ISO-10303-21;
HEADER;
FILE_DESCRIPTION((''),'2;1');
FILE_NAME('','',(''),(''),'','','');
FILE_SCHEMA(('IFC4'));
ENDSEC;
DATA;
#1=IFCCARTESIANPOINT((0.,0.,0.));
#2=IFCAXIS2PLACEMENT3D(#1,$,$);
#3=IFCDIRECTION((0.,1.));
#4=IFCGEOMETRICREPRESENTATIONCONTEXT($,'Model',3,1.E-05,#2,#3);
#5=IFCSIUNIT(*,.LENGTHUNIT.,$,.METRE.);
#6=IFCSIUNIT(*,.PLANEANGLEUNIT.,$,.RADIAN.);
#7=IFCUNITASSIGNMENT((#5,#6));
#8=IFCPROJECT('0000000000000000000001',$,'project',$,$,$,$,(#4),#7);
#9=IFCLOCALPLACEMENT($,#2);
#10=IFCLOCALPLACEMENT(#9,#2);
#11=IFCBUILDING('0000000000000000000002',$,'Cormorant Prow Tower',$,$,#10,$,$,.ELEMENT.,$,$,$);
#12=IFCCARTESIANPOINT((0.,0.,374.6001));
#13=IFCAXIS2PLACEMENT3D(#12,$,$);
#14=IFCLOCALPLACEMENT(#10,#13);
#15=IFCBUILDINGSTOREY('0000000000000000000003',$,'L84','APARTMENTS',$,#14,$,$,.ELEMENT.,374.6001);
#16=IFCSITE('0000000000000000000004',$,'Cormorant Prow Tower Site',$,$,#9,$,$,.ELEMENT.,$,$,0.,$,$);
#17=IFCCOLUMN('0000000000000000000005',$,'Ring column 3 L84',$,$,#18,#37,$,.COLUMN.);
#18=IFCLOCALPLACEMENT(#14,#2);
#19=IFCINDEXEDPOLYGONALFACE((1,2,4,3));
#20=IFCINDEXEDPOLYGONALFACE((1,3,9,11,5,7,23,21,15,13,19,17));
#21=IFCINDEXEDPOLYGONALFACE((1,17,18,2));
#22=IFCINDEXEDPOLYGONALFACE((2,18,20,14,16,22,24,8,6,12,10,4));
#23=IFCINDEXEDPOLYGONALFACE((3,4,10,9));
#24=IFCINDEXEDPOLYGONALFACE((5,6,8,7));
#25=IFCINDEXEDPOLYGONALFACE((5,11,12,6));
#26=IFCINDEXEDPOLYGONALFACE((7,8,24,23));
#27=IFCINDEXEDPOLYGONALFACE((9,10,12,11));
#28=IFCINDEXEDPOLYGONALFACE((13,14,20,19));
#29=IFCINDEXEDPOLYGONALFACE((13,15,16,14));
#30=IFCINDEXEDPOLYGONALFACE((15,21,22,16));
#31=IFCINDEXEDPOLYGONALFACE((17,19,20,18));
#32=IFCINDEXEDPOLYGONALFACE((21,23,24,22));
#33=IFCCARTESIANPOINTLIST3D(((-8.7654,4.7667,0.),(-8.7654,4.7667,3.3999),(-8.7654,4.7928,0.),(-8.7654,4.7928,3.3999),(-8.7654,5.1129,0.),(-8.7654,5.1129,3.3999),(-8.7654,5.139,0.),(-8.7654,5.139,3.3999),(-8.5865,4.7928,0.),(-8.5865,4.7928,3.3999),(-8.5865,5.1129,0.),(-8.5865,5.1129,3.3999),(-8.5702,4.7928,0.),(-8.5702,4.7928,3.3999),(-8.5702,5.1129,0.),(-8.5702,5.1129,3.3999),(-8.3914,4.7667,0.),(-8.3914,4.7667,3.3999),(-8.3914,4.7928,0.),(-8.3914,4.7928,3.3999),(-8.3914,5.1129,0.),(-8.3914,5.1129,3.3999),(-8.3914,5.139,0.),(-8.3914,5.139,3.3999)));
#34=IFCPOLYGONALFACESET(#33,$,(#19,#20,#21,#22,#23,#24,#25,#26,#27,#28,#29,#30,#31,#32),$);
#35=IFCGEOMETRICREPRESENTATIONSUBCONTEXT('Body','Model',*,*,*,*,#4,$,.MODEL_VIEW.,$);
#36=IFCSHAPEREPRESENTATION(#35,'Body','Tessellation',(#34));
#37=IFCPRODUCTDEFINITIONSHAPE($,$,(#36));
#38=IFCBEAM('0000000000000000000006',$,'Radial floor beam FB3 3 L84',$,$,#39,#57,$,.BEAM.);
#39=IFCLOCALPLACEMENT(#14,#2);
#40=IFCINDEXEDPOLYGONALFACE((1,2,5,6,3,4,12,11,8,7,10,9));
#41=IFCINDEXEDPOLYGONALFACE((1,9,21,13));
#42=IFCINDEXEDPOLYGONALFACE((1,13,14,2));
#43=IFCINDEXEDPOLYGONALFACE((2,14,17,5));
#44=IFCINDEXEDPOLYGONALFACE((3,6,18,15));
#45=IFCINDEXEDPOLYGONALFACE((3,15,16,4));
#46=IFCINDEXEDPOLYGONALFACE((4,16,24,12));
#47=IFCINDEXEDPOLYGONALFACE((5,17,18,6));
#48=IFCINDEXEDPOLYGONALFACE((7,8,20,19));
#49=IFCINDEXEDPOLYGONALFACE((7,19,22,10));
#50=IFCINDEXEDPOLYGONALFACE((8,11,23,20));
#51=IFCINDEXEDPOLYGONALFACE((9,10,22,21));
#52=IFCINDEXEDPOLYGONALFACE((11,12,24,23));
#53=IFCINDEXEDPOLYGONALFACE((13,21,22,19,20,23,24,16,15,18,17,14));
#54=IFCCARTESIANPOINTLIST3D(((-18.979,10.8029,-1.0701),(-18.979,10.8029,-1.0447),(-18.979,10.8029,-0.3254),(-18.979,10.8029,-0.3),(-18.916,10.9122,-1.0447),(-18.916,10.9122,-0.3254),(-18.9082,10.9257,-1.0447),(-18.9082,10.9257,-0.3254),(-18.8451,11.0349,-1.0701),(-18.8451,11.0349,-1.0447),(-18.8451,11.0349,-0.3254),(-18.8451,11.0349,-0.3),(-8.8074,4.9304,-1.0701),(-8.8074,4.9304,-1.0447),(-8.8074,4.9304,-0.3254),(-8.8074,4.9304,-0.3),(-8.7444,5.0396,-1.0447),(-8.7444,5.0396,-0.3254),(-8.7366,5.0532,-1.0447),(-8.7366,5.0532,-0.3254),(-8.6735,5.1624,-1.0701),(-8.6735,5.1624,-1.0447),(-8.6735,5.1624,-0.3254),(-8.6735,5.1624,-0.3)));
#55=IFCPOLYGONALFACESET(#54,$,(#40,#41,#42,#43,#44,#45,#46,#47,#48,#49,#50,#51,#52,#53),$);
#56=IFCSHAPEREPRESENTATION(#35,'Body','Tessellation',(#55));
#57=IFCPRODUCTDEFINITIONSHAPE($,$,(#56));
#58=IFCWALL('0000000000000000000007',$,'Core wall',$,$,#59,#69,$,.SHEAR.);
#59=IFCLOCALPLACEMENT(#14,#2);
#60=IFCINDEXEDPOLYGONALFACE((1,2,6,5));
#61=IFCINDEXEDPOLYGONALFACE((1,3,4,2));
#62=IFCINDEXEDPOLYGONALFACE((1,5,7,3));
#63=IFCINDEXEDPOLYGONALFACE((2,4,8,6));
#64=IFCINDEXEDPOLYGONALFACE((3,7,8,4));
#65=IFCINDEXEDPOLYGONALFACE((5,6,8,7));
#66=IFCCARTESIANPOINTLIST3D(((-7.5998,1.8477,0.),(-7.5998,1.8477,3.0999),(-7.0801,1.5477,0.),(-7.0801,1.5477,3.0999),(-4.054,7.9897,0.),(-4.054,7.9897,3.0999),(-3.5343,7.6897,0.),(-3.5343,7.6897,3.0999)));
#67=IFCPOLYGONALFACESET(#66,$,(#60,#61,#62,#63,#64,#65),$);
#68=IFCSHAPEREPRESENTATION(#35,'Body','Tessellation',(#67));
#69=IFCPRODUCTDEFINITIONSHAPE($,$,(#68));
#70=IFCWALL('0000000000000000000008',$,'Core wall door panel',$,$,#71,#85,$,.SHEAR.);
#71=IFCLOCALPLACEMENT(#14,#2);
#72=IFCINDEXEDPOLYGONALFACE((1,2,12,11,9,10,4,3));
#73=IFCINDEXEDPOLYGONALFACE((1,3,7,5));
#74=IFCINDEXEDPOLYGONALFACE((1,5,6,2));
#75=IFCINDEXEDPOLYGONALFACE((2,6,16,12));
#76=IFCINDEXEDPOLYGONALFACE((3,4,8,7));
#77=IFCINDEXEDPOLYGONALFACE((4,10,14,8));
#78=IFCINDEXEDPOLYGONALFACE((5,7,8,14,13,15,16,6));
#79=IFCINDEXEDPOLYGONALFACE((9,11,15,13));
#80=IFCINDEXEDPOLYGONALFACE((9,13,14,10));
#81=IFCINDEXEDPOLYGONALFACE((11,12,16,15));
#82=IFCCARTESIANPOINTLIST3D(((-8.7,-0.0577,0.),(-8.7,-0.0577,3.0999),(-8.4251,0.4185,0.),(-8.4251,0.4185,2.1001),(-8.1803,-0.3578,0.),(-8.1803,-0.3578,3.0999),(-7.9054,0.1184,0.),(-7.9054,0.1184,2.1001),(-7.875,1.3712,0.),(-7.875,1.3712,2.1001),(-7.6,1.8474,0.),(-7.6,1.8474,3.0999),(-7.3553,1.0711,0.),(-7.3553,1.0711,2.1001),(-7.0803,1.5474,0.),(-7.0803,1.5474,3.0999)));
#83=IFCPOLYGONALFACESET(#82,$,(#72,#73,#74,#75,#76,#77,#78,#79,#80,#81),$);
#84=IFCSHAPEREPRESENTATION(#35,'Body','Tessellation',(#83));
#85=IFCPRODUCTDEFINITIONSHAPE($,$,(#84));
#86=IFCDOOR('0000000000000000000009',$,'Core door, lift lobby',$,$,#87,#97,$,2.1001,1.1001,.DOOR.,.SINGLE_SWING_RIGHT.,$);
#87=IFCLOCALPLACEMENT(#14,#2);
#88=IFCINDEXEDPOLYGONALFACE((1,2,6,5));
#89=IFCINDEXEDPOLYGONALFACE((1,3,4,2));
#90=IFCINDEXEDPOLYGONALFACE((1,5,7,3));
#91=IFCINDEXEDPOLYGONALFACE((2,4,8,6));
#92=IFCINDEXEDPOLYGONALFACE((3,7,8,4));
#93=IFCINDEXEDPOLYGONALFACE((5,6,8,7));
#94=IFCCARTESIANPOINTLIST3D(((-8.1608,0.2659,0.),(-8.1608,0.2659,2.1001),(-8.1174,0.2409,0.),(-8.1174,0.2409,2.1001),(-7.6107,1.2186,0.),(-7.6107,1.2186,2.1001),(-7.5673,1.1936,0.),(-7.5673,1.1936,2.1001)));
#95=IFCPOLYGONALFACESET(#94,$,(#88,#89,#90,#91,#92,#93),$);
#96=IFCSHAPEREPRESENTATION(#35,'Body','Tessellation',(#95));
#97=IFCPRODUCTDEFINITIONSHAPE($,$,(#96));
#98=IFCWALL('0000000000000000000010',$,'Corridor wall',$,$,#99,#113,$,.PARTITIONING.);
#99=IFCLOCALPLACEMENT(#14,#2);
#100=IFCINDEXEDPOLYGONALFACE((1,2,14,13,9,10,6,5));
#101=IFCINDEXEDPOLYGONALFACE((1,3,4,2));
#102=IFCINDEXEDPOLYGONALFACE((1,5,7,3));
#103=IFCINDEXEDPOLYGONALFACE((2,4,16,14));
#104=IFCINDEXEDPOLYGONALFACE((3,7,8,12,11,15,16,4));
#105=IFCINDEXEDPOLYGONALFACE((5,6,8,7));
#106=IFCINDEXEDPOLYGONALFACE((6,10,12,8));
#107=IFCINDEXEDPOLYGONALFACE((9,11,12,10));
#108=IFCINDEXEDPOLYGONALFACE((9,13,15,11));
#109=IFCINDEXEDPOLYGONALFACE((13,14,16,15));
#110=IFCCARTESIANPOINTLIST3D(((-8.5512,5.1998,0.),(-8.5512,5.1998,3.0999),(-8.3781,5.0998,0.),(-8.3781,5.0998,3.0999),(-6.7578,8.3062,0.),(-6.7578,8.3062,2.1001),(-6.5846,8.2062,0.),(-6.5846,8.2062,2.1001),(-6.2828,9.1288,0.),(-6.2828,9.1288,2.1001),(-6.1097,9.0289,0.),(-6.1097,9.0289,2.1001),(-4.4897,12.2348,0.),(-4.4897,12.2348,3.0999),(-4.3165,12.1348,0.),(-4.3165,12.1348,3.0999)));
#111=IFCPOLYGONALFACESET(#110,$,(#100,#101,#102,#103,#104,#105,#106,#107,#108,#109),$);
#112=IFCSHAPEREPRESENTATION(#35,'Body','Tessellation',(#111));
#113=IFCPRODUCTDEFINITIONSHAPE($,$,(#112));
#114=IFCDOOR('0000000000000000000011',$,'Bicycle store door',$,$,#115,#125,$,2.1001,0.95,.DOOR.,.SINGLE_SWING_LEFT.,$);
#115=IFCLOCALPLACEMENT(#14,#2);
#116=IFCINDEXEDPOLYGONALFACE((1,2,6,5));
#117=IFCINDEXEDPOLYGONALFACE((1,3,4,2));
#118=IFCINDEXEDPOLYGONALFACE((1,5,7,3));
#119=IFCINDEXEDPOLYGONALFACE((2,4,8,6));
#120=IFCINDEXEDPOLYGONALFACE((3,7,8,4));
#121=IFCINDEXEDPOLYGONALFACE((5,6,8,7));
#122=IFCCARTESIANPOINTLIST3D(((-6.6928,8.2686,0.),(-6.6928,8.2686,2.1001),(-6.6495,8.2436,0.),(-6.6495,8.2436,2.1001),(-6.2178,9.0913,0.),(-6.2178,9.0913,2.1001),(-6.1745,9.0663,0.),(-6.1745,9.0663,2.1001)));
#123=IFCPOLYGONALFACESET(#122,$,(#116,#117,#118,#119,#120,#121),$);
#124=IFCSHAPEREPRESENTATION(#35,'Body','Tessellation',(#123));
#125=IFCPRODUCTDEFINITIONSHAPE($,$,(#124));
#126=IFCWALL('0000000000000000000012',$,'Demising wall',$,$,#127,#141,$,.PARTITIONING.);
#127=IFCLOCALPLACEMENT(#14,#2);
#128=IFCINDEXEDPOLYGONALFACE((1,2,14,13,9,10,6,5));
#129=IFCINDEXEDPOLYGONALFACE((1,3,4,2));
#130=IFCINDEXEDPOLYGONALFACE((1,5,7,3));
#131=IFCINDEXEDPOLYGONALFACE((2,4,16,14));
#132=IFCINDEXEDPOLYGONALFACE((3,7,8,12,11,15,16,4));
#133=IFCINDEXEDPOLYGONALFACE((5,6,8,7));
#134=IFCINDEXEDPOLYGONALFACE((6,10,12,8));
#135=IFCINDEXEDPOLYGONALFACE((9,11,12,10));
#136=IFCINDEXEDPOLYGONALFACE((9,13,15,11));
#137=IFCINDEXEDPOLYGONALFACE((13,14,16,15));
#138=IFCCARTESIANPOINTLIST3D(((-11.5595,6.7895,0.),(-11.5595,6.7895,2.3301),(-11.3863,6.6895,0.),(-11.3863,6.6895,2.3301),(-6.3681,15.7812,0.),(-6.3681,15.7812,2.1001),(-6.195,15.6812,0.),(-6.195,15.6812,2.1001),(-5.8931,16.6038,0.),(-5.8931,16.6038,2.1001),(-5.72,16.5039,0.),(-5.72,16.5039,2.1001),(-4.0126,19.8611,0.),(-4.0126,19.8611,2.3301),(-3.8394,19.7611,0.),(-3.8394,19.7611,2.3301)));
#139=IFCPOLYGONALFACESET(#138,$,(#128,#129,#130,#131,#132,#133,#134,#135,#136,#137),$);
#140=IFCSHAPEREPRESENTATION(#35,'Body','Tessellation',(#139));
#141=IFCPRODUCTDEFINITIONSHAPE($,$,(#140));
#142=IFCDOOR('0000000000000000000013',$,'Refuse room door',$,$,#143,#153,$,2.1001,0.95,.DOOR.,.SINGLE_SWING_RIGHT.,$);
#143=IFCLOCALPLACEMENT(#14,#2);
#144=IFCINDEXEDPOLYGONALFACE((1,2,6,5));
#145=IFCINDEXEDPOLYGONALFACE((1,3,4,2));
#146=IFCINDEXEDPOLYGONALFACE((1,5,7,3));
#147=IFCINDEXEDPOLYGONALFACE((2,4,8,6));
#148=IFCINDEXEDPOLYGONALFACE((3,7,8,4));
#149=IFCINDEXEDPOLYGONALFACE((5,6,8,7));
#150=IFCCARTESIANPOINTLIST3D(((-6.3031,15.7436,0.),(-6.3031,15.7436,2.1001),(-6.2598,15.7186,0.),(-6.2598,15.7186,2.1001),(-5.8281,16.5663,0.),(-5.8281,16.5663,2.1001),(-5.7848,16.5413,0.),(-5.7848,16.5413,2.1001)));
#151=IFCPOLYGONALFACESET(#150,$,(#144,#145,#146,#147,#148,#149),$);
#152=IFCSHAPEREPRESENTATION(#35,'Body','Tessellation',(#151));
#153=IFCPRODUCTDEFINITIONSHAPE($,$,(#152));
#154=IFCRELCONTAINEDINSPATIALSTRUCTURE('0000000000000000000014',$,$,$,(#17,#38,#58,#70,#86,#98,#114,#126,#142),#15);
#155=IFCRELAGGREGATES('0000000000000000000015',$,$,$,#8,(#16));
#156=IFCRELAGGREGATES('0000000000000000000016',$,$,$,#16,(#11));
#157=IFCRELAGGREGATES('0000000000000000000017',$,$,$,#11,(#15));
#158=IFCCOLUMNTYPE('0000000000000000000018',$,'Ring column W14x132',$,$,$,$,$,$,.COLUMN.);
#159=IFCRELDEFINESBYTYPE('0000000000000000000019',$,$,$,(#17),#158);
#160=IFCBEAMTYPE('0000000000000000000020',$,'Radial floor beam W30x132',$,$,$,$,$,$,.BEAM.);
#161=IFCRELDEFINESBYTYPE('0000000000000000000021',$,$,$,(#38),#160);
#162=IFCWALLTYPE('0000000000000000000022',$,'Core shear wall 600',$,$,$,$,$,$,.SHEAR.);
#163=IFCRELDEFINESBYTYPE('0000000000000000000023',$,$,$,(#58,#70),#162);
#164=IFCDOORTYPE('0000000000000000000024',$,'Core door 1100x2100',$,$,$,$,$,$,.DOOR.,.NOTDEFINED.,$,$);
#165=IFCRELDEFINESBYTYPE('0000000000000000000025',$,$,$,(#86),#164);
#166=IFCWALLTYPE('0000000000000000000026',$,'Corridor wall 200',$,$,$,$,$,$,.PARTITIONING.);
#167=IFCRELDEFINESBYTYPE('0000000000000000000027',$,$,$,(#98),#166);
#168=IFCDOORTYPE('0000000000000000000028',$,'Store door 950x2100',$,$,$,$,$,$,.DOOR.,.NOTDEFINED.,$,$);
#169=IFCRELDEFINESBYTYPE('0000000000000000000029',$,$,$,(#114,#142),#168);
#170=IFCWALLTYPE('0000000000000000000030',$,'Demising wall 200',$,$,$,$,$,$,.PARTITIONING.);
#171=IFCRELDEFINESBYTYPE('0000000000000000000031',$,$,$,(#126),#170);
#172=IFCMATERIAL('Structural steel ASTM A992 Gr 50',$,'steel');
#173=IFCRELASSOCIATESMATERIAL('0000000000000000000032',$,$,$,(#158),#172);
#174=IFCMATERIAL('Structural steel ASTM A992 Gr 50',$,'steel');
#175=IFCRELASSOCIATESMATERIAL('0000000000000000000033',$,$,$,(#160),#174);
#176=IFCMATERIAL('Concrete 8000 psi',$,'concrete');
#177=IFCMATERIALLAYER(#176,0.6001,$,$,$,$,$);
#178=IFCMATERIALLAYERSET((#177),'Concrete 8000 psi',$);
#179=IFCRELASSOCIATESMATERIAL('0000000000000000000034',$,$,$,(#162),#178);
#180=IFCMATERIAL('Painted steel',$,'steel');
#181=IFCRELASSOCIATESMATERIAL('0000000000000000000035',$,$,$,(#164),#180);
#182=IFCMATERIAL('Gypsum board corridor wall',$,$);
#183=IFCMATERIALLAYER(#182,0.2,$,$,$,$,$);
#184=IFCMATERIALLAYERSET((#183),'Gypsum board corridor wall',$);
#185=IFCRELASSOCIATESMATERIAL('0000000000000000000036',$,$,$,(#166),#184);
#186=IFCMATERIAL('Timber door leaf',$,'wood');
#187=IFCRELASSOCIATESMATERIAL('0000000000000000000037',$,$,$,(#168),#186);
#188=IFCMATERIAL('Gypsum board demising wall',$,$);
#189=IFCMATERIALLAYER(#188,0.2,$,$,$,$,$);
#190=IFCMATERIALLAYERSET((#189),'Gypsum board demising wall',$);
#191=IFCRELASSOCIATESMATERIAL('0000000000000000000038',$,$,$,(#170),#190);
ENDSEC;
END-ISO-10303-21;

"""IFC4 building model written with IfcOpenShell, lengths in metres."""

from ifc_helpers import new_model, si_unit, direction, frame, frame_2d, origin, origin_2d, place, context, subcontext, project, spatial, rectangle, i_section, extrude, material, layer, layer_set, material_profile, profile_set, type_object, element, fill, save


model = new_model("IFC4")

# Units and contexts
model_context = context("Model", 3, precision=1e-05, world=origin(), true_north=direction((0.0, 1.0)))
body_context = subcontext(model_context, "Body", "Model", "MODEL_VIEW")
ifc_project = project(units=[si_unit("LENGTHUNIT", "METRE"), si_unit("PLANEANGLEUNIT", "RADIAN")], contexts=[model_context])

# Site, building, storey
site_placement = place(None, origin())
site = spatial("IfcSite", under=ifc_project, at=site_placement, Name="Cormorant Prow Tower Site", CompositionType="ELEMENT", RefElevation=0.0)
building_placement = place(site_placement, origin())
building = spatial("IfcBuilding", under=site, at=building_placement, Name="Cormorant Prow Tower", CompositionType="ELEMENT")
storey_placement = place(building_placement, frame((0.0, 0.0, 374.6001)))
storey = spatial("IfcBuildingStorey", under=building, at=storey_placement, Name="L84", Description="APARTMENTS", CompositionType="ELEMENT", Elevation=374.6001)

# Column
ifc_material_1 = material(Name="Structural steel ASTM A992 Gr 50", Category="steel")
ifc_material_profile_1 = material_profile(ifc_material_1, i_section(OverallWidth=0.374, OverallDepth=0.3723, WebThickness=0.0164, FlangeThickness=0.0261, at=origin_2d()), Name="W14x132")
ifc_profile_set_1 = profile_set([ifc_material_profile_1], Name="Structural steel ASTM A992 Gr 50")
column_type = type_object("IfcColumnType", Name="Ring column W14x132", PredefinedType="COLUMN", material=ifc_profile_set_1)
column_placement = place(storey_placement, frame((-8.5784, 4.9529, 0.0), z_axis=(0.0, 0.0, 1.0), x_axis=(1.0, 0.0, 0.0)))
element("IfcColumn", 1, at=column_placement, inside=storey, type_object=column_type, Name="Ring column 3 L84", PredefinedType="COLUMN", context=body_context, shape_type="SweptSolid", body=[
    extrude(i_section(OverallWidth=0.374, OverallDepth=0.3723, WebThickness=0.0164, FlangeThickness=0.0261, at=origin_2d()), origin(), (0.0, 0.0, 1.0), 3.3999),
])

# Beam
ifc_material_2 = material(Name="Structural steel ASTM A992 Gr 50", Category="steel")
ifc_material_profile_2 = material_profile(ifc_material_2, i_section(OverallWidth=0.2678, OverallDepth=0.77, WebThickness=0.0156, FlangeThickness=0.0254, at=origin_2d()), Name="W30x132")
ifc_profile_set_2 = profile_set([ifc_material_profile_2], Name="Structural steel ASTM A992 Gr 50")
beam_type = type_object("IfcBeamType", Name="Radial floor beam W30x132", PredefinedType="BEAM", material=ifc_profile_set_2)
beam_placement = place(storey_placement, frame((-8.7405, 5.0464, -0.6851), z_axis=(-0.866027, 0.499998, 0.0), x_axis=(-0.499998, -0.866027, 0.0)))
element("IfcBeam", 2, at=beam_placement, inside=storey, type_object=beam_type, Name="Radial floor beam FB3 3 L84", PredefinedType="BEAM", context=body_context, shape_type="SweptSolid", body=[
    extrude(i_section(OverallWidth=0.2678, OverallDepth=0.77, WebThickness=0.0156, FlangeThickness=0.0254, at=origin_2d()), origin(), (0.0, 0.0, 1.0), 11.7451),
])

# Wall
ifc_material_3 = material(Name="Concrete 8000 psi", Category="concrete")
ifc_layer_1 = layer(ifc_material_3, 0.6001)
ifc_layer_set_1 = layer_set([ifc_layer_1], Name="Concrete 8000 psi")
wall_type_1 = type_object("IfcWallType", Name="Core shear wall 600", PredefinedType="SHEAR", material=ifc_layer_set_1)
wall_1_placement = place(storey_placement, frame((-3.7942, 7.8396, 0.0), z_axis=(0.0, 0.0, 1.0), x_axis=(-0.499975, -0.86604, 0.0)))
element("IfcWall", 3, at=wall_1_placement, inside=storey, type_object=wall_type_1, Name="Core wall", PredefinedType="SHEAR", context=body_context, shape_type="SweptSolid", body=[
    extrude(rectangle(XDim=7.092, YDim=0.6001, at=frame_2d((3.5459, 0.0))), origin(), (0.0, 0.0, 1.0), 3.0999),
])

# Walls, openings, doors
wall_2_placement = place(storey_placement, frame((-7.3401, 1.6975, 0.0), z_axis=(0.0, 0.0, 1.0), x_axis=(-0.50003, -0.866008, 0.0)))
wall_2 = element("IfcWall", 4, at=wall_2_placement, inside=storey, type_object=wall_type_1, Name="Core wall door panel", PredefinedType="SHEAR", context=body_context, shape_type="SweptSolid", body=[
    extrude(rectangle(XDim=2.2, YDim=0.6001, at=frame_2d((1.1001, 0.0))), origin(), (0.0, 0.0, 1.0), 3.0999),
])
opening_1_placement = place(wall_2_placement, frame((0.55, 0.0, 0.0)))
opening_1 = element("IfcOpeningElement", 5, at=opening_1_placement, cuts=wall_2, PredefinedType="OPENING", context=body_context, shape_type="SweptSolid", body=[
    extrude(rectangle(XDim=1.1001, YDim=2.1001, at=frame_2d((0.55, 1.05))), frame((0.0, 0.3101, 0.0), z_axis=(0.0, -1.0, 0.0), x_axis=(1.0, 0.0, 0.0)), (0.0, 0.0, 1.0), 0.6201),
])
ifc_material_4 = material(Name="Painted steel", Category="steel")
door_type_1 = type_object("IfcDoorType", Name="Core door 1100x2100", OperationType="NOTDEFINED", PredefinedType="DOOR", material=ifc_material_4)
door_1_placement = place(opening_1_placement, origin())
door_1 = element("IfcDoor", 6, at=door_1_placement, inside=storey, type_object=door_type_1, Name="Core door, lift lobby", OperationType="SINGLE_SWING_RIGHT", OverallHeight=2.1001, OverallWidth=1.1001, PredefinedType="DOOR", context=body_context, shape_type="SweptSolid", body=[
    extrude(rectangle(XDim=1.1001, YDim=2.1001, at=frame_2d((0.55, 1.05))), frame((0.0, 0.0552, 0.0), z_axis=(0.0, -1.0, 0.0), x_axis=(1.0, 0.0, 0.0)), (0.0, 0.0, 1.0), 0.05),
])
fill(opening_1, door_1)
ifc_material_5 = material(Name="Gypsum board corridor wall")
ifc_layer_2 = layer(ifc_material_5, 0.2)
ifc_layer_set_2 = layer_set([ifc_layer_2], Name="Gypsum board corridor wall")
wall_type_2 = type_object("IfcWallType", Name="Corridor wall 200", PredefinedType="PARTITIONING", material=ifc_layer_set_2)
wall_3_placement = place(storey_placement, frame((-8.4646, 5.1499, 0.0), z_axis=(0.0, 0.0, 1.0), x_axis=(0.499992, 0.86603, 0.0)))
wall_3 = element("IfcWall", 7, at=wall_3_placement, inside=storey, type_object=wall_type_2, Name="Corridor wall", PredefinedType="PARTITIONING", context=body_context, shape_type="SweptSolid", body=[
    extrude(rectangle(XDim=8.1233, YDim=0.2, at=frame_2d((4.0615, 0.0))), origin(), (0.0, 0.0, 1.0), 3.0999),
])
opening_2_placement = place(wall_3_placement, frame((3.5867, 0.0, 0.0)))
opening_2 = element("IfcOpeningElement", 8, at=opening_2_placement, cuts=wall_3, PredefinedType="OPENING", context=body_context, shape_type="SweptSolid", body=[
    extrude(rectangle(XDim=0.95, YDim=2.1001, at=frame_2d((0.4751, 1.05))), frame((0.0, 0.1099, 0.0), z_axis=(0.0, -1.0, 0.0), x_axis=(1.0, 0.0, 0.0)), (0.0, 0.0, 1.0), 0.22),
])
ifc_material_6 = material(Name="Timber door leaf", Category="wood")
door_type_2 = type_object("IfcDoorType", Name="Store door 950x2100", OperationType="NOTDEFINED", PredefinedType="DOOR", material=ifc_material_6)
door_2_placement = place(opening_2_placement, origin())
door_2 = element("IfcDoor", 9, at=door_2_placement, inside=storey, type_object=door_type_2, Name="Bicycle store door", OperationType="SINGLE_SWING_LEFT", OverallHeight=2.1001, OverallWidth=0.95, PredefinedType="DOOR", context=body_context, shape_type="SweptSolid", body=[
    extrude(rectangle(XDim=0.95, YDim=2.1001, at=frame_2d((0.4751, 1.05))), frame((0.0, 0.0249, 0.0), z_axis=(0.0, -1.0, 0.0), x_axis=(1.0, 0.0, 0.0)), (0.0, 0.0, 1.0), 0.05),
])
fill(opening_2, door_2)
ifc_material_7 = material(Name="Gypsum board demising wall")
ifc_layer_3 = layer(ifc_material_7, 0.2)
ifc_layer_set_3 = layer_set([ifc_layer_3], Name="Gypsum board demising wall")
wall_type_3 = type_object("IfcWallType", Name="Demising wall 200", PredefinedType="PARTITIONING", material=ifc_layer_set_3)
wall_4_placement = place(storey_placement, frame((-11.4729, 6.7395, 0.0), z_axis=(0.0, 0.0, 1.0), x_axis=(0.500001, 0.866025, 0.0)))
wall_4 = element("IfcWall", 10, at=wall_4_placement, inside=storey, type_object=wall_type_3, Name="Demising wall", PredefinedType="PARTITIONING", context=body_context, shape_type="SweptSolid", body=[
    extrude(rectangle(XDim=15.0938, YDim=0.2, at=frame_2d((7.5469, 0.0))), origin(), (0.0, 0.0, 1.0), 2.3301),
])
opening_3_placement = place(wall_4_placement, frame((10.3826, 0.0, 0.0)))
opening_3 = element("IfcOpeningElement", 11, at=opening_3_placement, cuts=wall_4, PredefinedType="OPENING", context=body_context, shape_type="SweptSolid", body=[
    extrude(rectangle(XDim=0.95, YDim=2.1001, at=frame_2d((0.4751, 1.05))), frame((0.0, 0.1099, 0.0), z_axis=(0.0, -1.0, 0.0), x_axis=(1.0, 0.0, 0.0)), (0.0, 0.0, 1.0), 0.22),
])
door_3_placement = place(opening_3_placement, origin())
door_3 = element("IfcDoor", 12, at=door_3_placement, inside=storey, type_object=door_type_2, Name="Refuse room door", OperationType="SINGLE_SWING_RIGHT", OverallHeight=2.1001, OverallWidth=0.95, PredefinedType="DOOR", context=body_context, shape_type="SweptSolid", body=[
    extrude(rectangle(XDim=0.95, YDim=2.1001, at=frame_2d((0.4751, 1.05))), frame((0.0, 0.0249, 0.0), z_axis=(0.0, -1.0, 0.0), x_axis=(1.0, 0.0, 0.0)), (0.0, 0.0, 1.0), 0.05),
])
fill(opening_3, door_3)

save(model, "model.ifc")
